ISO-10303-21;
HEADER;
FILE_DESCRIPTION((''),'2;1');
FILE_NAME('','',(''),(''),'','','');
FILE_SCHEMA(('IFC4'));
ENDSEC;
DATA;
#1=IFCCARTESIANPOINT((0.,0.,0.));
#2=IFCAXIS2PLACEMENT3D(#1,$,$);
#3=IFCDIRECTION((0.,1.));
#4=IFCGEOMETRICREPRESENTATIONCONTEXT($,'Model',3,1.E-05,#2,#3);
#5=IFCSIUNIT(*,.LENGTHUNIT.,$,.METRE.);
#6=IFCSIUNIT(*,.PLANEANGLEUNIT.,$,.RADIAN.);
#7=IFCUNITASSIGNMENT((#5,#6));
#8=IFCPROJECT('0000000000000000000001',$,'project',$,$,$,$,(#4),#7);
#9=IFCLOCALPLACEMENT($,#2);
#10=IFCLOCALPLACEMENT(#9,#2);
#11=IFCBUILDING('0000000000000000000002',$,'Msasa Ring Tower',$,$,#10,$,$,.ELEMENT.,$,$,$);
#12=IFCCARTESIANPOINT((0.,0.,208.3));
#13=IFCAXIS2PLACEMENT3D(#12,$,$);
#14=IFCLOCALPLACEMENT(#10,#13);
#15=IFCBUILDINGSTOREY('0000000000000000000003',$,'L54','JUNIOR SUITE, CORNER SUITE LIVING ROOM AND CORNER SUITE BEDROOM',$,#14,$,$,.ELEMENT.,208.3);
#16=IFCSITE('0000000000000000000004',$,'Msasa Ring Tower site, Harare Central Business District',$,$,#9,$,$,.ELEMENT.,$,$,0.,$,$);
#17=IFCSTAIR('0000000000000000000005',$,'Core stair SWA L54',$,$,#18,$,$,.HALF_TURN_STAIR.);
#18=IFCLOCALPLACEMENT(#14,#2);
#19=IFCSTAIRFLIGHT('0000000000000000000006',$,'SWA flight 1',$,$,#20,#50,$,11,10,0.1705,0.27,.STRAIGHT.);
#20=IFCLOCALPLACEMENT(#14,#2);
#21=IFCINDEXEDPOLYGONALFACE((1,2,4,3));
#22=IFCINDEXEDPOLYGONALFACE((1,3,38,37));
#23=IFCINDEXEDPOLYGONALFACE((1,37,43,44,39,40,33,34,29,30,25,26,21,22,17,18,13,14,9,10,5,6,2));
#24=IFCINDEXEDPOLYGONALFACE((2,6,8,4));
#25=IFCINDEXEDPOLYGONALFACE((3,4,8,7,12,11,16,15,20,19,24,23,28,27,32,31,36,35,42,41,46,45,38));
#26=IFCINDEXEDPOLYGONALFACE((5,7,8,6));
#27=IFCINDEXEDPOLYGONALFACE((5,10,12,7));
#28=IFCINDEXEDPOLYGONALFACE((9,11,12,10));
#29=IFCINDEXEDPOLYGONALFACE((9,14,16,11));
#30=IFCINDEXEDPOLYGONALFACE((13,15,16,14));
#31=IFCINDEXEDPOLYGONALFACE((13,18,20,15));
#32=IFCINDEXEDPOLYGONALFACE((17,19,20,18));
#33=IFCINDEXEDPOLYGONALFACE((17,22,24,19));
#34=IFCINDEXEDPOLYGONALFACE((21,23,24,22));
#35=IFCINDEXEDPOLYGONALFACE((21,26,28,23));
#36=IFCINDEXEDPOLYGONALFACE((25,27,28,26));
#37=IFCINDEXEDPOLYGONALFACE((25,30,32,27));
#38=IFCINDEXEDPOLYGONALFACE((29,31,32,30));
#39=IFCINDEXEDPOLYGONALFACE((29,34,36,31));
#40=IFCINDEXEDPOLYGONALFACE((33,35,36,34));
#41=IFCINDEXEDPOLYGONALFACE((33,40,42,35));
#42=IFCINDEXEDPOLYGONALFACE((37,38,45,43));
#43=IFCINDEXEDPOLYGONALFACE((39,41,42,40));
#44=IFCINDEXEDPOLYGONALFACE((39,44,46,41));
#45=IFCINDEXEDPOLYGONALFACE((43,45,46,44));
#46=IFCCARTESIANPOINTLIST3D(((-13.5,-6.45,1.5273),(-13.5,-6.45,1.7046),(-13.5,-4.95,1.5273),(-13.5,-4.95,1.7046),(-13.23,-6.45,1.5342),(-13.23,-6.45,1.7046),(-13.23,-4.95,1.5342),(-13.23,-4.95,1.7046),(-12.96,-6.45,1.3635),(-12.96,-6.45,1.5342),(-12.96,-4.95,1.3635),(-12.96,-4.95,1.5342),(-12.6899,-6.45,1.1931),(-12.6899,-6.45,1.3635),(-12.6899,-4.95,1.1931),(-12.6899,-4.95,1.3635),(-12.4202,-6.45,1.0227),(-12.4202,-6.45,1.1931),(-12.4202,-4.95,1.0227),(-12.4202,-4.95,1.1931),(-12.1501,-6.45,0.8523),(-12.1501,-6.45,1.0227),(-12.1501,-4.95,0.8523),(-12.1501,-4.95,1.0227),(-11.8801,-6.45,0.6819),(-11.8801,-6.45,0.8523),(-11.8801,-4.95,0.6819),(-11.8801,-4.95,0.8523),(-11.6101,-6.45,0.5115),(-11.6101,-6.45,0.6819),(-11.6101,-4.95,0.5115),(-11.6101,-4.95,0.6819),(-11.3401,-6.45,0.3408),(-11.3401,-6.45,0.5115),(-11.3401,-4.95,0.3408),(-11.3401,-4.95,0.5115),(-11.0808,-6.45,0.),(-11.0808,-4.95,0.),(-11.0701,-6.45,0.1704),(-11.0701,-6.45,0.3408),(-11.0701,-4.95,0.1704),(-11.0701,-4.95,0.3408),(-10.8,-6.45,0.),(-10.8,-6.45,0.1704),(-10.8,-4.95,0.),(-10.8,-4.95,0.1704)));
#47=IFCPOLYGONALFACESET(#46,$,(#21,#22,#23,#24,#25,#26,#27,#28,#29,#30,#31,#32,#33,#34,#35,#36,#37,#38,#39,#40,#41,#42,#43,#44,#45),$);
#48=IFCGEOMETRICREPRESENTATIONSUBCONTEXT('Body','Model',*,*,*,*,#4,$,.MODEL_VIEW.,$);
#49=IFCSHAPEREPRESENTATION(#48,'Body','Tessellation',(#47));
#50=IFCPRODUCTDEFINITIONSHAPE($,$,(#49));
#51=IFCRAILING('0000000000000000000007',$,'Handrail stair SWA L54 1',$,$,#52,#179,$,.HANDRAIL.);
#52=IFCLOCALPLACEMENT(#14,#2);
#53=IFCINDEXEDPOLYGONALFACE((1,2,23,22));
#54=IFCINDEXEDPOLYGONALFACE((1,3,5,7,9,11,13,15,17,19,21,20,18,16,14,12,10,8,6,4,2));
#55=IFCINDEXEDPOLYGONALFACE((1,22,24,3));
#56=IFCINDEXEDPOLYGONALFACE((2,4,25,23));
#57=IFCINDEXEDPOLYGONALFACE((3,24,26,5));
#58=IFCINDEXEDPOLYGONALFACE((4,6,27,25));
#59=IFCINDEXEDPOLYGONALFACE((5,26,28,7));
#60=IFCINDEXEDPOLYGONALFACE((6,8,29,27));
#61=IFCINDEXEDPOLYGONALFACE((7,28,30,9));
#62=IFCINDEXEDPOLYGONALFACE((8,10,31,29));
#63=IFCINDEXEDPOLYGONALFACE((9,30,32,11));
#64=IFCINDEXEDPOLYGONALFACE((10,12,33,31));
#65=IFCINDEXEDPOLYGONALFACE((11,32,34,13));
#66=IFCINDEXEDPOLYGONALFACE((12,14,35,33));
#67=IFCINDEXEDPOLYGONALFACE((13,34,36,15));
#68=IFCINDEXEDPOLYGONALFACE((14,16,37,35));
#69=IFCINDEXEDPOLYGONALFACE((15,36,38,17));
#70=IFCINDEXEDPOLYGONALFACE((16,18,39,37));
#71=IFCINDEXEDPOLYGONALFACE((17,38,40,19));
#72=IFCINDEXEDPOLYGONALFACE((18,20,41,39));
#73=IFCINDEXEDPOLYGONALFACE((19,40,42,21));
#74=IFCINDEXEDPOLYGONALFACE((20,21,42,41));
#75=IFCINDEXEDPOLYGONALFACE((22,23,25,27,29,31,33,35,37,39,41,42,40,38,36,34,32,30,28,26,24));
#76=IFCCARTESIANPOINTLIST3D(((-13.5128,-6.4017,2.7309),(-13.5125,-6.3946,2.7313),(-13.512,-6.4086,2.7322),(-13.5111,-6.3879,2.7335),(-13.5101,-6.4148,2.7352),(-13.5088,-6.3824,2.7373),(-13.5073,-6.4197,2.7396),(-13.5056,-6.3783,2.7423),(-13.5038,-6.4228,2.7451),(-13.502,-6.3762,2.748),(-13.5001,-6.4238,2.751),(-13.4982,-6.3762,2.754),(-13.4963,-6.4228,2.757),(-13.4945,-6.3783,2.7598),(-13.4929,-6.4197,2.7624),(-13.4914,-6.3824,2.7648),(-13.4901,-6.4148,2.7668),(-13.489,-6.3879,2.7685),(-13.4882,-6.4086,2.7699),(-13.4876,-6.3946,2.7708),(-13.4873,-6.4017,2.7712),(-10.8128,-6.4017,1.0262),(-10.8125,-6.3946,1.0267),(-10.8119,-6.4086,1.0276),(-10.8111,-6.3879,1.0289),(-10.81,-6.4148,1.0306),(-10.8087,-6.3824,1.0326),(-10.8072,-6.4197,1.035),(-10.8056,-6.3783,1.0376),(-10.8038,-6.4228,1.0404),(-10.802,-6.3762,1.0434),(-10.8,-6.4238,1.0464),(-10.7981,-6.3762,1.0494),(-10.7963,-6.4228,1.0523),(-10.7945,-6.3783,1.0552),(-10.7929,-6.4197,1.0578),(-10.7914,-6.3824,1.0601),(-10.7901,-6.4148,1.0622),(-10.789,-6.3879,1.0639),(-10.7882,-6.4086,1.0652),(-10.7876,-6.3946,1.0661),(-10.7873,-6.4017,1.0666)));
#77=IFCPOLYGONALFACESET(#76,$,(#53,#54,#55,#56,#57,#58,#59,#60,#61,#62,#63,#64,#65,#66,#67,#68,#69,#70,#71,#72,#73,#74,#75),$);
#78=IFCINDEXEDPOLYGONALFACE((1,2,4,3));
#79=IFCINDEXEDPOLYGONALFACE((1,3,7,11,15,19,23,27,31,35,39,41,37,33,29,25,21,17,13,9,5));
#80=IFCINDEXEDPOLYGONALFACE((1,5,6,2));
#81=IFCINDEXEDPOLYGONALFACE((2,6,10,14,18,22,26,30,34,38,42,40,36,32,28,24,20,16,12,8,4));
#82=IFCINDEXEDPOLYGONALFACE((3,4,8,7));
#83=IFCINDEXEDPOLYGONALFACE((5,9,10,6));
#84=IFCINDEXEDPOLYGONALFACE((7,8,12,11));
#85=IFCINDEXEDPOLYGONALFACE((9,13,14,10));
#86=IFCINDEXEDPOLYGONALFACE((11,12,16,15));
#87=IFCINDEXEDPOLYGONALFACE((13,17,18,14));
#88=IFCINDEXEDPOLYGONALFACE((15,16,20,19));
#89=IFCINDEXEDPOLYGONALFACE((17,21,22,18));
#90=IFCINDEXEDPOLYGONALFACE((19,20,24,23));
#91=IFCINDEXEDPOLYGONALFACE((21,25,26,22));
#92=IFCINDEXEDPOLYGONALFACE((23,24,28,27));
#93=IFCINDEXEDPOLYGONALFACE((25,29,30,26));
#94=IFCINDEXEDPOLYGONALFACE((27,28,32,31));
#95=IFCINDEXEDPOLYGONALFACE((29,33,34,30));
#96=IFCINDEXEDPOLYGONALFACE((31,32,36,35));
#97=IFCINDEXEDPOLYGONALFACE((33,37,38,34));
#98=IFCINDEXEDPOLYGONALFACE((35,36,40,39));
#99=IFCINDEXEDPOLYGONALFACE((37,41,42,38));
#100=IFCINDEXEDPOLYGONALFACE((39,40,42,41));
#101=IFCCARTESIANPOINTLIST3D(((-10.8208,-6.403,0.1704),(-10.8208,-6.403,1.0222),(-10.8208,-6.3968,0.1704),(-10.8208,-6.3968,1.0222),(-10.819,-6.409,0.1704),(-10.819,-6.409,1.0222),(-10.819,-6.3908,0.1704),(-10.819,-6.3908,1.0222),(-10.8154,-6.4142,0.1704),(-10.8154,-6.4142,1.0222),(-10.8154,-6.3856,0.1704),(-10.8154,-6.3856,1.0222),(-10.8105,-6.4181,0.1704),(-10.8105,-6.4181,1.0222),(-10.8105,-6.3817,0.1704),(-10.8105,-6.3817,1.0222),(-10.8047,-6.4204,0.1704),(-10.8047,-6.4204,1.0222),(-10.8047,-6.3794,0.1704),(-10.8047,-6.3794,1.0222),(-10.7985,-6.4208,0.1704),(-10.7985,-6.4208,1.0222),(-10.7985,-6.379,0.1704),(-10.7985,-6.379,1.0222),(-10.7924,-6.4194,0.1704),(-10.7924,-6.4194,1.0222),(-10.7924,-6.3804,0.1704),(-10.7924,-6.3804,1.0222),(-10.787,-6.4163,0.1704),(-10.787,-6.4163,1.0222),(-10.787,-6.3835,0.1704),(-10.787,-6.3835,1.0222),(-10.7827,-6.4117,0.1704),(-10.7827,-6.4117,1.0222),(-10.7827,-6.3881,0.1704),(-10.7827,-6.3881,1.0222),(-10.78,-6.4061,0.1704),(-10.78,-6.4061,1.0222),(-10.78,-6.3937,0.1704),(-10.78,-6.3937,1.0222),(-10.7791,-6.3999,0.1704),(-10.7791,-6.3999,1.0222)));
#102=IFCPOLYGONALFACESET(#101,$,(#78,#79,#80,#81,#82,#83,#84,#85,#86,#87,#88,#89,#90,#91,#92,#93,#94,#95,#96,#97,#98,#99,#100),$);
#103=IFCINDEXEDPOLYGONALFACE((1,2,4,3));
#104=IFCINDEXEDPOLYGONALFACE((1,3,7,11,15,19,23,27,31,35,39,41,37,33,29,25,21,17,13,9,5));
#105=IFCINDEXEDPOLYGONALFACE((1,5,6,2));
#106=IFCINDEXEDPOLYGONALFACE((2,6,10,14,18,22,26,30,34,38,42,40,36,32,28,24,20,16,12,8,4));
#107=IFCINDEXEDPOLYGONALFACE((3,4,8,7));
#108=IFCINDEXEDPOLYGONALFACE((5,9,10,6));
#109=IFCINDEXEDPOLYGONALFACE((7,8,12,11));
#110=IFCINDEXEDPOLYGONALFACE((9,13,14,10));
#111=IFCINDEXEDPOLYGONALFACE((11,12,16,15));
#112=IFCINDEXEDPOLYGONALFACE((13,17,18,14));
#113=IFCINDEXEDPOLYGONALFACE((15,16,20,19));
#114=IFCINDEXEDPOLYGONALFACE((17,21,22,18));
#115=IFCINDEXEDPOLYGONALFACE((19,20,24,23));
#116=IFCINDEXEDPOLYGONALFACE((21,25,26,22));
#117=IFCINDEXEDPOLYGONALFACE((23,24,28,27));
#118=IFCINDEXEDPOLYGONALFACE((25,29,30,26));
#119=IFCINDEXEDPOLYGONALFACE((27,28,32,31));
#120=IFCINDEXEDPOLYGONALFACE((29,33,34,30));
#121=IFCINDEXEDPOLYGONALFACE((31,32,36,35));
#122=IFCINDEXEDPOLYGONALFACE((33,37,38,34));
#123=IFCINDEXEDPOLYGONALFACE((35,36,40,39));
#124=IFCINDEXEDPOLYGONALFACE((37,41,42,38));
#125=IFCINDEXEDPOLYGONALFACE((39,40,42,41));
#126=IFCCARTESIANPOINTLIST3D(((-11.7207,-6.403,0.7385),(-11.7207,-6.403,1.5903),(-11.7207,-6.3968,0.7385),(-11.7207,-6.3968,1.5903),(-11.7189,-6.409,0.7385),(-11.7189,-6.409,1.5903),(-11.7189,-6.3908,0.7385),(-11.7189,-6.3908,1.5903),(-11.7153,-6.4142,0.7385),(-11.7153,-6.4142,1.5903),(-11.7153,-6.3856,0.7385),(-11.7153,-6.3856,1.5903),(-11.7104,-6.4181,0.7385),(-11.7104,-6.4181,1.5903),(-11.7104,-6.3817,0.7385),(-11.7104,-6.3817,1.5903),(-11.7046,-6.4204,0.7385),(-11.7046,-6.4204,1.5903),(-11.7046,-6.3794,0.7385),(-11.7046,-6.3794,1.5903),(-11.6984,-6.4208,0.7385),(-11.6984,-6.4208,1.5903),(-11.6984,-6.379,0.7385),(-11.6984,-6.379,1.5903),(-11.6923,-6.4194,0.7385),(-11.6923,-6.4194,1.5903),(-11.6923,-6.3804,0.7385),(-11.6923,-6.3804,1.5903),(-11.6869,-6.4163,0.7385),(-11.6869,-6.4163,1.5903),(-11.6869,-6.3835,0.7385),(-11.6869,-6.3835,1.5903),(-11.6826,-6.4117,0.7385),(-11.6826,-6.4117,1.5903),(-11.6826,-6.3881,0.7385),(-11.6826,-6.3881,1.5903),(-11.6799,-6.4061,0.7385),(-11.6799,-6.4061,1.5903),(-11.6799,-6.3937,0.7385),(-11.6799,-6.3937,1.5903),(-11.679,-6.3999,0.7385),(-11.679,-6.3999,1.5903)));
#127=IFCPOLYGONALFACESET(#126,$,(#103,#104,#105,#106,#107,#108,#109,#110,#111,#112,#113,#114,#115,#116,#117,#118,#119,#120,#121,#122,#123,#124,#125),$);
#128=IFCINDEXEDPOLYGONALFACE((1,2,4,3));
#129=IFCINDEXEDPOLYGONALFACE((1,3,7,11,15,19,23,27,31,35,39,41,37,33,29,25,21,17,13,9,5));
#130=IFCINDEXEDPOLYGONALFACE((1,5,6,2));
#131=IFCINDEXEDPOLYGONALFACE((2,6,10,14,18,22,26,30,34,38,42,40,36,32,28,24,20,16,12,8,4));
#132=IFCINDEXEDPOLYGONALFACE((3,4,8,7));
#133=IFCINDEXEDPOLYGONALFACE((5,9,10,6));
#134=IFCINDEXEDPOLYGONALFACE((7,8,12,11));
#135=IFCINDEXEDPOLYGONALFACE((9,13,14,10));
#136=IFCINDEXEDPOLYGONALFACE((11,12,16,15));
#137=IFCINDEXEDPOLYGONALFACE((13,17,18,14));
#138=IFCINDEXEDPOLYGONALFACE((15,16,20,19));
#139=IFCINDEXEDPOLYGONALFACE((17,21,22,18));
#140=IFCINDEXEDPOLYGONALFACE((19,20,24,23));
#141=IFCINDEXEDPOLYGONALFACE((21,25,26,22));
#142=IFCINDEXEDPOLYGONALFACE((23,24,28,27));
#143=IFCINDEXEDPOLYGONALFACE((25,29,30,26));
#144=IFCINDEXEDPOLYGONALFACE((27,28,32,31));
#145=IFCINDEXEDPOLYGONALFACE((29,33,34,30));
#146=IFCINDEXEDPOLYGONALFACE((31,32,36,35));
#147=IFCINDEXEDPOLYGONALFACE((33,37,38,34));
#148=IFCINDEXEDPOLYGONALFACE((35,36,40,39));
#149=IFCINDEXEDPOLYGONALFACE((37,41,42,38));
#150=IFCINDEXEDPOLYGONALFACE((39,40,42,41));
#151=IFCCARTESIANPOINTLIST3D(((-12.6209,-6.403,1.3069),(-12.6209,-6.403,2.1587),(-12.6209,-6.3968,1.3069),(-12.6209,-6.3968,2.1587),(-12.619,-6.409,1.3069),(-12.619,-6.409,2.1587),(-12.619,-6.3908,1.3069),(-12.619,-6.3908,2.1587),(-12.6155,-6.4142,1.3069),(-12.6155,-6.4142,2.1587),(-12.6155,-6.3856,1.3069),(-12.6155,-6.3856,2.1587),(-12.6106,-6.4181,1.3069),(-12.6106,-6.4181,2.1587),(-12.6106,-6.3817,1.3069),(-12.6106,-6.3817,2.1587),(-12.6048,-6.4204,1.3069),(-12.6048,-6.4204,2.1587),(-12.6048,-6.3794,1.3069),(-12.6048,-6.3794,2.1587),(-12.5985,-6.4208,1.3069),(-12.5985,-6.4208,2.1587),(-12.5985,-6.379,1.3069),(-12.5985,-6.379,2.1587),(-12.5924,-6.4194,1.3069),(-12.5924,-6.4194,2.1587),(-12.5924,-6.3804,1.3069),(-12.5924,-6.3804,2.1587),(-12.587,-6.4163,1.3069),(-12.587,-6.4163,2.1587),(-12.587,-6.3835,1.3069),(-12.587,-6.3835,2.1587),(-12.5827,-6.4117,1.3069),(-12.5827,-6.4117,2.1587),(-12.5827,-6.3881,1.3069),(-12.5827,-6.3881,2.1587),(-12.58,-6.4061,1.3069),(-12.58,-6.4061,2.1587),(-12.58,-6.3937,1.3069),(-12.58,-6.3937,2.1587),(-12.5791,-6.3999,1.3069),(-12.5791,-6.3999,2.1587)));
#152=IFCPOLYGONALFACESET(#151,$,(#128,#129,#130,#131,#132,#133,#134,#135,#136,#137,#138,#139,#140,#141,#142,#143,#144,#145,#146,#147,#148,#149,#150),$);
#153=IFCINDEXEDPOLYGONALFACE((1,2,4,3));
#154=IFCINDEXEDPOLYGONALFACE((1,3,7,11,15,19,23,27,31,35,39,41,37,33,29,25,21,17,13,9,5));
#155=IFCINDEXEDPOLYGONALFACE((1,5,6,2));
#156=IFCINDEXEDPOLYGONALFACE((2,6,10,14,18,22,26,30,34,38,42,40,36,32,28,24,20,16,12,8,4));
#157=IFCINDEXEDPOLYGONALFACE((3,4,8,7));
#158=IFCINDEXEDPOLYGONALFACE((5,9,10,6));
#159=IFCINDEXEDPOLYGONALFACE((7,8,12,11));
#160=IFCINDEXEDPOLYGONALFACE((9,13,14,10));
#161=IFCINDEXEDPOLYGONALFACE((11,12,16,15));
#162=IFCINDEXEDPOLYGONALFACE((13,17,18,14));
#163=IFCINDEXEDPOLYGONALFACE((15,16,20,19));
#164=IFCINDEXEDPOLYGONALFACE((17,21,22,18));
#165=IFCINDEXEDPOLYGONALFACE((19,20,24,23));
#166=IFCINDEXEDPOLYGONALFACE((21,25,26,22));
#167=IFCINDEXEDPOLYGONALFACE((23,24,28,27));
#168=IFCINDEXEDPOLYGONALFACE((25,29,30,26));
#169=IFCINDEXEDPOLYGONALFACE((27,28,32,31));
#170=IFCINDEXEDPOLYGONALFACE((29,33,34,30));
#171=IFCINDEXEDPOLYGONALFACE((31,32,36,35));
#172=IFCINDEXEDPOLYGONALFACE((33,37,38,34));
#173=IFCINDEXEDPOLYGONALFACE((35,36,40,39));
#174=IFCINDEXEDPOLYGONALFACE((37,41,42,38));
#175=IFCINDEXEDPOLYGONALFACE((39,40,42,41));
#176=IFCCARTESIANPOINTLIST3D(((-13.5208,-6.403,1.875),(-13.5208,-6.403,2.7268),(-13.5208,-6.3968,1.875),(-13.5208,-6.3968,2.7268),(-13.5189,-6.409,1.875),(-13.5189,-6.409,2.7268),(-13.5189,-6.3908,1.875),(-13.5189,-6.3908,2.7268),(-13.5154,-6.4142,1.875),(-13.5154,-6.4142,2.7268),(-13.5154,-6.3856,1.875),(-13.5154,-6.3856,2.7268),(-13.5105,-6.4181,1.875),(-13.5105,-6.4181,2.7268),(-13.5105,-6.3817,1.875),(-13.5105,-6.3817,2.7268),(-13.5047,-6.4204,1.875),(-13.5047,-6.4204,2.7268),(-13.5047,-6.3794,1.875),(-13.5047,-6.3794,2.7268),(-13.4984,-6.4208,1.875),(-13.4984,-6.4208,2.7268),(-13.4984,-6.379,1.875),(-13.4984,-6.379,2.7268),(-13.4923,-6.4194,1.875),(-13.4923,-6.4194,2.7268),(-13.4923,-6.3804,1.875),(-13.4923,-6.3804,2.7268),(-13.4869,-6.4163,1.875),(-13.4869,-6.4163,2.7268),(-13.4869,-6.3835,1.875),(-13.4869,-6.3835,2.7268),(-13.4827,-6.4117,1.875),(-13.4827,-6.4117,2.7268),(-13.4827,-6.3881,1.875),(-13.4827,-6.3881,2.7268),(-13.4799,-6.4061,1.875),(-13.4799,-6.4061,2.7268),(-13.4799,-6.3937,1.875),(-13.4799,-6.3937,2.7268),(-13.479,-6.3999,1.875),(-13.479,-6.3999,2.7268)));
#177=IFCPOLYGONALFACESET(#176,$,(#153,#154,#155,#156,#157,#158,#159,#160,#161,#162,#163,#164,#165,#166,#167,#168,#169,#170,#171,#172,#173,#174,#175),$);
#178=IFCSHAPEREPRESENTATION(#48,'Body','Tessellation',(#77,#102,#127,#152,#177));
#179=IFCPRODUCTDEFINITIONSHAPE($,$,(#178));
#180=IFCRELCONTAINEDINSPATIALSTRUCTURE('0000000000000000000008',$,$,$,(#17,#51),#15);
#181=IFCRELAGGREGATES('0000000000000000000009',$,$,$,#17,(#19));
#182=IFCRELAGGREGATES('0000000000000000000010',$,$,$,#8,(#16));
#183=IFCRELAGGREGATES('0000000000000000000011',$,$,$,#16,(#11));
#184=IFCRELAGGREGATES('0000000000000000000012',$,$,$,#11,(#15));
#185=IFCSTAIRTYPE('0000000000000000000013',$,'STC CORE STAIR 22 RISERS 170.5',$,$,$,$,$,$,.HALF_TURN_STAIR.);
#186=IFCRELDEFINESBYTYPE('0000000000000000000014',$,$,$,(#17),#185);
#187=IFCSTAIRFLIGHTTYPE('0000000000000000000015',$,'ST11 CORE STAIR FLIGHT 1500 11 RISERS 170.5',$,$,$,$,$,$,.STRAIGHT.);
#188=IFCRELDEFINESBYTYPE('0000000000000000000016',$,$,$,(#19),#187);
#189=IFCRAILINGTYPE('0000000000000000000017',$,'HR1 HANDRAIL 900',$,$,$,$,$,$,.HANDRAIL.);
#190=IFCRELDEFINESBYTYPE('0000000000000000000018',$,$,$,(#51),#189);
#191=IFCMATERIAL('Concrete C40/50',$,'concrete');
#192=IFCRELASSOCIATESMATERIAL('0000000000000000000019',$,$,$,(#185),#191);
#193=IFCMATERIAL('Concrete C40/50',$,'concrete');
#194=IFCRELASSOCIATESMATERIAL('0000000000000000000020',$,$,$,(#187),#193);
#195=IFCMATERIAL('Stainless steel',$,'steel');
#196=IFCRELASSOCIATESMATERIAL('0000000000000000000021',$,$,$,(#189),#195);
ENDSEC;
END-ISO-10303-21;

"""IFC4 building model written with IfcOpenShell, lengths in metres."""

from ifc_helpers import new_model, si_unit, direction, frame, origin, origin_2d, place, context, subcontext, project, spatial, polyline, circle, outline, extrude, material, type_object, element, aggregate, save


model = new_model("IFC4")

# Units and contexts
model_context = context("Model", 3, precision=1e-05, world=origin(), true_north=direction((0.0, 1.0)))
body_context = subcontext(model_context, "Body", "Model", "MODEL_VIEW")
ifc_project = project(units=[si_unit("LENGTHUNIT", "METRE"), si_unit("PLANEANGLEUNIT", "RADIAN")], contexts=[model_context])

# Site, building, storey
site_placement = place(None, origin())
site = spatial("IfcSite", under=ifc_project, at=site_placement, Name="Msasa Ring Tower site, Harare Central Business District", CompositionType="ELEMENT", RefElevation=0.0)
building_placement = place(site_placement, origin())
building = spatial("IfcBuilding", under=site, at=building_placement, Name="Msasa Ring Tower", CompositionType="ELEMENT")
storey_placement = place(building_placement, frame((0.0, 0.0, 208.3)))
storey = spatial("IfcBuildingStorey", under=building, at=storey_placement, Name="L54", Description="JUNIOR SUITE, CORNER SUITE LIVING ROOM AND CORNER SUITE BEDROOM", CompositionType="ELEMENT", Elevation=208.3)

# Stair, stair flight
ifc_material_1 = material(Name="Concrete C40/50", Category="concrete")
stair_type = type_object("IfcStairType", Name="STC CORE STAIR 22 RISERS 170.5", PredefinedType="HALF_TURN_STAIR", material=ifc_material_1)
stair_placement = place(storey_placement, origin())
stair = element("IfcStair", 1, at=stair_placement, inside=storey, type_object=stair_type, Name="Core stair SWA L54", PredefinedType="HALF_TURN_STAIR")
ifc_material_2 = material(Name="Concrete C40/50", Category="concrete")
stair_flight_type = type_object("IfcStairFlightType", Name="ST11 CORE STAIR FLIGHT 1500 11 RISERS 170.5", PredefinedType="STRAIGHT", material=ifc_material_2)
stair_flight_placement = place(storey_placement, frame((-10.8, -5.7, 0.0), z_axis=(0.0, 0.0, 1.0), x_axis=(-1.0, 0.0, 0.0)))
stair_flight = element("IfcStairFlight", 2, at=stair_flight_placement, type_object=stair_flight_type, Name="SWA flight 1", NumberOfRisers=11, NumberOfTreads=10, PredefinedType="STRAIGHT", RiserHeight=0.1705, TreadLength=0.27, context=body_context, shape_type="SweptSolid", body=[
    extrude(outline(polyline([(0.0, 0.0), (0.0, 0.1704), (0.27, 0.1704), (0.27, 0.3408), (0.54, 0.3408), (0.54, 0.5115), (0.8101, 0.5115), (0.8101, 0.6819), (1.0801, 0.6819), (1.0801, 0.8523), (1.3501, 0.8523), (1.3501, 1.0227), (1.6201, 1.0227), (1.6201, 1.1931), (1.8899, 1.1931), (1.8899, 1.3635), (2.1599, 1.3635), (2.1599, 1.5342), (2.4299, 1.5342), (2.4299, 1.7046), (2.7, 1.7046), (2.7, 1.875), (2.7, 1.5273), (0.2808, 0.0), (0.0, 0.0)])), frame((0.0, 0.75, 0.0), z_axis=(0.0, -1.0, 0.0), x_axis=(1.0, 0.0, 0.0)), (0.0, 0.0, 1.0), 1.5),
])
aggregate(stair, [stair_flight])

# Railing
ifc_material_3 = material(Name="Stainless steel", Category="steel")
railing_type = type_object("IfcRailingType", Name="HR1 HANDRAIL 900", PredefinedType="HANDRAIL", material=ifc_material_3)
for number, where, name in (
    (3, (-10.8, -6.3999, 0.1704), "Handrail stair SWA L54 1"),
):
    element("IfcRailing", number, at=place(storey_placement, frame(where)), inside=storey, type_object=railing_type, Name=name, PredefinedType="HANDRAIL", context=body_context, shape_type="SweptSolid", body=[
        extrude(circle(Radius=0.0239, at=origin_2d()), frame((0.0, 0.0, 0.876), z_axis=(-0.84558, 0.0, 0.533849), x_axis=(0.0, -1.0, 0.0)), (0.0, 0.0, 1.0), 3.1931),
        extrude(circle(Radius=0.021, at=origin_2d()), origin(), (0.0, 0.0, 1.0), 0.8518),
        extrude(circle(Radius=0.021, at=origin_2d()), frame((-0.8999, 0.0, 0.5681)), (0.0, 0.0, 1.0), 0.8518),
        extrude(circle(Radius=0.021, at=origin_2d()), frame((-1.8, 0.0, 1.1365)), (0.0, 0.0, 1.0), 0.8518),
        extrude(circle(Radius=0.021, at=origin_2d()), frame((-2.7, 0.0, 1.7046)), (0.0, 0.0, 1.0), 0.8518),
    ])

save(model, "model.ifc")
